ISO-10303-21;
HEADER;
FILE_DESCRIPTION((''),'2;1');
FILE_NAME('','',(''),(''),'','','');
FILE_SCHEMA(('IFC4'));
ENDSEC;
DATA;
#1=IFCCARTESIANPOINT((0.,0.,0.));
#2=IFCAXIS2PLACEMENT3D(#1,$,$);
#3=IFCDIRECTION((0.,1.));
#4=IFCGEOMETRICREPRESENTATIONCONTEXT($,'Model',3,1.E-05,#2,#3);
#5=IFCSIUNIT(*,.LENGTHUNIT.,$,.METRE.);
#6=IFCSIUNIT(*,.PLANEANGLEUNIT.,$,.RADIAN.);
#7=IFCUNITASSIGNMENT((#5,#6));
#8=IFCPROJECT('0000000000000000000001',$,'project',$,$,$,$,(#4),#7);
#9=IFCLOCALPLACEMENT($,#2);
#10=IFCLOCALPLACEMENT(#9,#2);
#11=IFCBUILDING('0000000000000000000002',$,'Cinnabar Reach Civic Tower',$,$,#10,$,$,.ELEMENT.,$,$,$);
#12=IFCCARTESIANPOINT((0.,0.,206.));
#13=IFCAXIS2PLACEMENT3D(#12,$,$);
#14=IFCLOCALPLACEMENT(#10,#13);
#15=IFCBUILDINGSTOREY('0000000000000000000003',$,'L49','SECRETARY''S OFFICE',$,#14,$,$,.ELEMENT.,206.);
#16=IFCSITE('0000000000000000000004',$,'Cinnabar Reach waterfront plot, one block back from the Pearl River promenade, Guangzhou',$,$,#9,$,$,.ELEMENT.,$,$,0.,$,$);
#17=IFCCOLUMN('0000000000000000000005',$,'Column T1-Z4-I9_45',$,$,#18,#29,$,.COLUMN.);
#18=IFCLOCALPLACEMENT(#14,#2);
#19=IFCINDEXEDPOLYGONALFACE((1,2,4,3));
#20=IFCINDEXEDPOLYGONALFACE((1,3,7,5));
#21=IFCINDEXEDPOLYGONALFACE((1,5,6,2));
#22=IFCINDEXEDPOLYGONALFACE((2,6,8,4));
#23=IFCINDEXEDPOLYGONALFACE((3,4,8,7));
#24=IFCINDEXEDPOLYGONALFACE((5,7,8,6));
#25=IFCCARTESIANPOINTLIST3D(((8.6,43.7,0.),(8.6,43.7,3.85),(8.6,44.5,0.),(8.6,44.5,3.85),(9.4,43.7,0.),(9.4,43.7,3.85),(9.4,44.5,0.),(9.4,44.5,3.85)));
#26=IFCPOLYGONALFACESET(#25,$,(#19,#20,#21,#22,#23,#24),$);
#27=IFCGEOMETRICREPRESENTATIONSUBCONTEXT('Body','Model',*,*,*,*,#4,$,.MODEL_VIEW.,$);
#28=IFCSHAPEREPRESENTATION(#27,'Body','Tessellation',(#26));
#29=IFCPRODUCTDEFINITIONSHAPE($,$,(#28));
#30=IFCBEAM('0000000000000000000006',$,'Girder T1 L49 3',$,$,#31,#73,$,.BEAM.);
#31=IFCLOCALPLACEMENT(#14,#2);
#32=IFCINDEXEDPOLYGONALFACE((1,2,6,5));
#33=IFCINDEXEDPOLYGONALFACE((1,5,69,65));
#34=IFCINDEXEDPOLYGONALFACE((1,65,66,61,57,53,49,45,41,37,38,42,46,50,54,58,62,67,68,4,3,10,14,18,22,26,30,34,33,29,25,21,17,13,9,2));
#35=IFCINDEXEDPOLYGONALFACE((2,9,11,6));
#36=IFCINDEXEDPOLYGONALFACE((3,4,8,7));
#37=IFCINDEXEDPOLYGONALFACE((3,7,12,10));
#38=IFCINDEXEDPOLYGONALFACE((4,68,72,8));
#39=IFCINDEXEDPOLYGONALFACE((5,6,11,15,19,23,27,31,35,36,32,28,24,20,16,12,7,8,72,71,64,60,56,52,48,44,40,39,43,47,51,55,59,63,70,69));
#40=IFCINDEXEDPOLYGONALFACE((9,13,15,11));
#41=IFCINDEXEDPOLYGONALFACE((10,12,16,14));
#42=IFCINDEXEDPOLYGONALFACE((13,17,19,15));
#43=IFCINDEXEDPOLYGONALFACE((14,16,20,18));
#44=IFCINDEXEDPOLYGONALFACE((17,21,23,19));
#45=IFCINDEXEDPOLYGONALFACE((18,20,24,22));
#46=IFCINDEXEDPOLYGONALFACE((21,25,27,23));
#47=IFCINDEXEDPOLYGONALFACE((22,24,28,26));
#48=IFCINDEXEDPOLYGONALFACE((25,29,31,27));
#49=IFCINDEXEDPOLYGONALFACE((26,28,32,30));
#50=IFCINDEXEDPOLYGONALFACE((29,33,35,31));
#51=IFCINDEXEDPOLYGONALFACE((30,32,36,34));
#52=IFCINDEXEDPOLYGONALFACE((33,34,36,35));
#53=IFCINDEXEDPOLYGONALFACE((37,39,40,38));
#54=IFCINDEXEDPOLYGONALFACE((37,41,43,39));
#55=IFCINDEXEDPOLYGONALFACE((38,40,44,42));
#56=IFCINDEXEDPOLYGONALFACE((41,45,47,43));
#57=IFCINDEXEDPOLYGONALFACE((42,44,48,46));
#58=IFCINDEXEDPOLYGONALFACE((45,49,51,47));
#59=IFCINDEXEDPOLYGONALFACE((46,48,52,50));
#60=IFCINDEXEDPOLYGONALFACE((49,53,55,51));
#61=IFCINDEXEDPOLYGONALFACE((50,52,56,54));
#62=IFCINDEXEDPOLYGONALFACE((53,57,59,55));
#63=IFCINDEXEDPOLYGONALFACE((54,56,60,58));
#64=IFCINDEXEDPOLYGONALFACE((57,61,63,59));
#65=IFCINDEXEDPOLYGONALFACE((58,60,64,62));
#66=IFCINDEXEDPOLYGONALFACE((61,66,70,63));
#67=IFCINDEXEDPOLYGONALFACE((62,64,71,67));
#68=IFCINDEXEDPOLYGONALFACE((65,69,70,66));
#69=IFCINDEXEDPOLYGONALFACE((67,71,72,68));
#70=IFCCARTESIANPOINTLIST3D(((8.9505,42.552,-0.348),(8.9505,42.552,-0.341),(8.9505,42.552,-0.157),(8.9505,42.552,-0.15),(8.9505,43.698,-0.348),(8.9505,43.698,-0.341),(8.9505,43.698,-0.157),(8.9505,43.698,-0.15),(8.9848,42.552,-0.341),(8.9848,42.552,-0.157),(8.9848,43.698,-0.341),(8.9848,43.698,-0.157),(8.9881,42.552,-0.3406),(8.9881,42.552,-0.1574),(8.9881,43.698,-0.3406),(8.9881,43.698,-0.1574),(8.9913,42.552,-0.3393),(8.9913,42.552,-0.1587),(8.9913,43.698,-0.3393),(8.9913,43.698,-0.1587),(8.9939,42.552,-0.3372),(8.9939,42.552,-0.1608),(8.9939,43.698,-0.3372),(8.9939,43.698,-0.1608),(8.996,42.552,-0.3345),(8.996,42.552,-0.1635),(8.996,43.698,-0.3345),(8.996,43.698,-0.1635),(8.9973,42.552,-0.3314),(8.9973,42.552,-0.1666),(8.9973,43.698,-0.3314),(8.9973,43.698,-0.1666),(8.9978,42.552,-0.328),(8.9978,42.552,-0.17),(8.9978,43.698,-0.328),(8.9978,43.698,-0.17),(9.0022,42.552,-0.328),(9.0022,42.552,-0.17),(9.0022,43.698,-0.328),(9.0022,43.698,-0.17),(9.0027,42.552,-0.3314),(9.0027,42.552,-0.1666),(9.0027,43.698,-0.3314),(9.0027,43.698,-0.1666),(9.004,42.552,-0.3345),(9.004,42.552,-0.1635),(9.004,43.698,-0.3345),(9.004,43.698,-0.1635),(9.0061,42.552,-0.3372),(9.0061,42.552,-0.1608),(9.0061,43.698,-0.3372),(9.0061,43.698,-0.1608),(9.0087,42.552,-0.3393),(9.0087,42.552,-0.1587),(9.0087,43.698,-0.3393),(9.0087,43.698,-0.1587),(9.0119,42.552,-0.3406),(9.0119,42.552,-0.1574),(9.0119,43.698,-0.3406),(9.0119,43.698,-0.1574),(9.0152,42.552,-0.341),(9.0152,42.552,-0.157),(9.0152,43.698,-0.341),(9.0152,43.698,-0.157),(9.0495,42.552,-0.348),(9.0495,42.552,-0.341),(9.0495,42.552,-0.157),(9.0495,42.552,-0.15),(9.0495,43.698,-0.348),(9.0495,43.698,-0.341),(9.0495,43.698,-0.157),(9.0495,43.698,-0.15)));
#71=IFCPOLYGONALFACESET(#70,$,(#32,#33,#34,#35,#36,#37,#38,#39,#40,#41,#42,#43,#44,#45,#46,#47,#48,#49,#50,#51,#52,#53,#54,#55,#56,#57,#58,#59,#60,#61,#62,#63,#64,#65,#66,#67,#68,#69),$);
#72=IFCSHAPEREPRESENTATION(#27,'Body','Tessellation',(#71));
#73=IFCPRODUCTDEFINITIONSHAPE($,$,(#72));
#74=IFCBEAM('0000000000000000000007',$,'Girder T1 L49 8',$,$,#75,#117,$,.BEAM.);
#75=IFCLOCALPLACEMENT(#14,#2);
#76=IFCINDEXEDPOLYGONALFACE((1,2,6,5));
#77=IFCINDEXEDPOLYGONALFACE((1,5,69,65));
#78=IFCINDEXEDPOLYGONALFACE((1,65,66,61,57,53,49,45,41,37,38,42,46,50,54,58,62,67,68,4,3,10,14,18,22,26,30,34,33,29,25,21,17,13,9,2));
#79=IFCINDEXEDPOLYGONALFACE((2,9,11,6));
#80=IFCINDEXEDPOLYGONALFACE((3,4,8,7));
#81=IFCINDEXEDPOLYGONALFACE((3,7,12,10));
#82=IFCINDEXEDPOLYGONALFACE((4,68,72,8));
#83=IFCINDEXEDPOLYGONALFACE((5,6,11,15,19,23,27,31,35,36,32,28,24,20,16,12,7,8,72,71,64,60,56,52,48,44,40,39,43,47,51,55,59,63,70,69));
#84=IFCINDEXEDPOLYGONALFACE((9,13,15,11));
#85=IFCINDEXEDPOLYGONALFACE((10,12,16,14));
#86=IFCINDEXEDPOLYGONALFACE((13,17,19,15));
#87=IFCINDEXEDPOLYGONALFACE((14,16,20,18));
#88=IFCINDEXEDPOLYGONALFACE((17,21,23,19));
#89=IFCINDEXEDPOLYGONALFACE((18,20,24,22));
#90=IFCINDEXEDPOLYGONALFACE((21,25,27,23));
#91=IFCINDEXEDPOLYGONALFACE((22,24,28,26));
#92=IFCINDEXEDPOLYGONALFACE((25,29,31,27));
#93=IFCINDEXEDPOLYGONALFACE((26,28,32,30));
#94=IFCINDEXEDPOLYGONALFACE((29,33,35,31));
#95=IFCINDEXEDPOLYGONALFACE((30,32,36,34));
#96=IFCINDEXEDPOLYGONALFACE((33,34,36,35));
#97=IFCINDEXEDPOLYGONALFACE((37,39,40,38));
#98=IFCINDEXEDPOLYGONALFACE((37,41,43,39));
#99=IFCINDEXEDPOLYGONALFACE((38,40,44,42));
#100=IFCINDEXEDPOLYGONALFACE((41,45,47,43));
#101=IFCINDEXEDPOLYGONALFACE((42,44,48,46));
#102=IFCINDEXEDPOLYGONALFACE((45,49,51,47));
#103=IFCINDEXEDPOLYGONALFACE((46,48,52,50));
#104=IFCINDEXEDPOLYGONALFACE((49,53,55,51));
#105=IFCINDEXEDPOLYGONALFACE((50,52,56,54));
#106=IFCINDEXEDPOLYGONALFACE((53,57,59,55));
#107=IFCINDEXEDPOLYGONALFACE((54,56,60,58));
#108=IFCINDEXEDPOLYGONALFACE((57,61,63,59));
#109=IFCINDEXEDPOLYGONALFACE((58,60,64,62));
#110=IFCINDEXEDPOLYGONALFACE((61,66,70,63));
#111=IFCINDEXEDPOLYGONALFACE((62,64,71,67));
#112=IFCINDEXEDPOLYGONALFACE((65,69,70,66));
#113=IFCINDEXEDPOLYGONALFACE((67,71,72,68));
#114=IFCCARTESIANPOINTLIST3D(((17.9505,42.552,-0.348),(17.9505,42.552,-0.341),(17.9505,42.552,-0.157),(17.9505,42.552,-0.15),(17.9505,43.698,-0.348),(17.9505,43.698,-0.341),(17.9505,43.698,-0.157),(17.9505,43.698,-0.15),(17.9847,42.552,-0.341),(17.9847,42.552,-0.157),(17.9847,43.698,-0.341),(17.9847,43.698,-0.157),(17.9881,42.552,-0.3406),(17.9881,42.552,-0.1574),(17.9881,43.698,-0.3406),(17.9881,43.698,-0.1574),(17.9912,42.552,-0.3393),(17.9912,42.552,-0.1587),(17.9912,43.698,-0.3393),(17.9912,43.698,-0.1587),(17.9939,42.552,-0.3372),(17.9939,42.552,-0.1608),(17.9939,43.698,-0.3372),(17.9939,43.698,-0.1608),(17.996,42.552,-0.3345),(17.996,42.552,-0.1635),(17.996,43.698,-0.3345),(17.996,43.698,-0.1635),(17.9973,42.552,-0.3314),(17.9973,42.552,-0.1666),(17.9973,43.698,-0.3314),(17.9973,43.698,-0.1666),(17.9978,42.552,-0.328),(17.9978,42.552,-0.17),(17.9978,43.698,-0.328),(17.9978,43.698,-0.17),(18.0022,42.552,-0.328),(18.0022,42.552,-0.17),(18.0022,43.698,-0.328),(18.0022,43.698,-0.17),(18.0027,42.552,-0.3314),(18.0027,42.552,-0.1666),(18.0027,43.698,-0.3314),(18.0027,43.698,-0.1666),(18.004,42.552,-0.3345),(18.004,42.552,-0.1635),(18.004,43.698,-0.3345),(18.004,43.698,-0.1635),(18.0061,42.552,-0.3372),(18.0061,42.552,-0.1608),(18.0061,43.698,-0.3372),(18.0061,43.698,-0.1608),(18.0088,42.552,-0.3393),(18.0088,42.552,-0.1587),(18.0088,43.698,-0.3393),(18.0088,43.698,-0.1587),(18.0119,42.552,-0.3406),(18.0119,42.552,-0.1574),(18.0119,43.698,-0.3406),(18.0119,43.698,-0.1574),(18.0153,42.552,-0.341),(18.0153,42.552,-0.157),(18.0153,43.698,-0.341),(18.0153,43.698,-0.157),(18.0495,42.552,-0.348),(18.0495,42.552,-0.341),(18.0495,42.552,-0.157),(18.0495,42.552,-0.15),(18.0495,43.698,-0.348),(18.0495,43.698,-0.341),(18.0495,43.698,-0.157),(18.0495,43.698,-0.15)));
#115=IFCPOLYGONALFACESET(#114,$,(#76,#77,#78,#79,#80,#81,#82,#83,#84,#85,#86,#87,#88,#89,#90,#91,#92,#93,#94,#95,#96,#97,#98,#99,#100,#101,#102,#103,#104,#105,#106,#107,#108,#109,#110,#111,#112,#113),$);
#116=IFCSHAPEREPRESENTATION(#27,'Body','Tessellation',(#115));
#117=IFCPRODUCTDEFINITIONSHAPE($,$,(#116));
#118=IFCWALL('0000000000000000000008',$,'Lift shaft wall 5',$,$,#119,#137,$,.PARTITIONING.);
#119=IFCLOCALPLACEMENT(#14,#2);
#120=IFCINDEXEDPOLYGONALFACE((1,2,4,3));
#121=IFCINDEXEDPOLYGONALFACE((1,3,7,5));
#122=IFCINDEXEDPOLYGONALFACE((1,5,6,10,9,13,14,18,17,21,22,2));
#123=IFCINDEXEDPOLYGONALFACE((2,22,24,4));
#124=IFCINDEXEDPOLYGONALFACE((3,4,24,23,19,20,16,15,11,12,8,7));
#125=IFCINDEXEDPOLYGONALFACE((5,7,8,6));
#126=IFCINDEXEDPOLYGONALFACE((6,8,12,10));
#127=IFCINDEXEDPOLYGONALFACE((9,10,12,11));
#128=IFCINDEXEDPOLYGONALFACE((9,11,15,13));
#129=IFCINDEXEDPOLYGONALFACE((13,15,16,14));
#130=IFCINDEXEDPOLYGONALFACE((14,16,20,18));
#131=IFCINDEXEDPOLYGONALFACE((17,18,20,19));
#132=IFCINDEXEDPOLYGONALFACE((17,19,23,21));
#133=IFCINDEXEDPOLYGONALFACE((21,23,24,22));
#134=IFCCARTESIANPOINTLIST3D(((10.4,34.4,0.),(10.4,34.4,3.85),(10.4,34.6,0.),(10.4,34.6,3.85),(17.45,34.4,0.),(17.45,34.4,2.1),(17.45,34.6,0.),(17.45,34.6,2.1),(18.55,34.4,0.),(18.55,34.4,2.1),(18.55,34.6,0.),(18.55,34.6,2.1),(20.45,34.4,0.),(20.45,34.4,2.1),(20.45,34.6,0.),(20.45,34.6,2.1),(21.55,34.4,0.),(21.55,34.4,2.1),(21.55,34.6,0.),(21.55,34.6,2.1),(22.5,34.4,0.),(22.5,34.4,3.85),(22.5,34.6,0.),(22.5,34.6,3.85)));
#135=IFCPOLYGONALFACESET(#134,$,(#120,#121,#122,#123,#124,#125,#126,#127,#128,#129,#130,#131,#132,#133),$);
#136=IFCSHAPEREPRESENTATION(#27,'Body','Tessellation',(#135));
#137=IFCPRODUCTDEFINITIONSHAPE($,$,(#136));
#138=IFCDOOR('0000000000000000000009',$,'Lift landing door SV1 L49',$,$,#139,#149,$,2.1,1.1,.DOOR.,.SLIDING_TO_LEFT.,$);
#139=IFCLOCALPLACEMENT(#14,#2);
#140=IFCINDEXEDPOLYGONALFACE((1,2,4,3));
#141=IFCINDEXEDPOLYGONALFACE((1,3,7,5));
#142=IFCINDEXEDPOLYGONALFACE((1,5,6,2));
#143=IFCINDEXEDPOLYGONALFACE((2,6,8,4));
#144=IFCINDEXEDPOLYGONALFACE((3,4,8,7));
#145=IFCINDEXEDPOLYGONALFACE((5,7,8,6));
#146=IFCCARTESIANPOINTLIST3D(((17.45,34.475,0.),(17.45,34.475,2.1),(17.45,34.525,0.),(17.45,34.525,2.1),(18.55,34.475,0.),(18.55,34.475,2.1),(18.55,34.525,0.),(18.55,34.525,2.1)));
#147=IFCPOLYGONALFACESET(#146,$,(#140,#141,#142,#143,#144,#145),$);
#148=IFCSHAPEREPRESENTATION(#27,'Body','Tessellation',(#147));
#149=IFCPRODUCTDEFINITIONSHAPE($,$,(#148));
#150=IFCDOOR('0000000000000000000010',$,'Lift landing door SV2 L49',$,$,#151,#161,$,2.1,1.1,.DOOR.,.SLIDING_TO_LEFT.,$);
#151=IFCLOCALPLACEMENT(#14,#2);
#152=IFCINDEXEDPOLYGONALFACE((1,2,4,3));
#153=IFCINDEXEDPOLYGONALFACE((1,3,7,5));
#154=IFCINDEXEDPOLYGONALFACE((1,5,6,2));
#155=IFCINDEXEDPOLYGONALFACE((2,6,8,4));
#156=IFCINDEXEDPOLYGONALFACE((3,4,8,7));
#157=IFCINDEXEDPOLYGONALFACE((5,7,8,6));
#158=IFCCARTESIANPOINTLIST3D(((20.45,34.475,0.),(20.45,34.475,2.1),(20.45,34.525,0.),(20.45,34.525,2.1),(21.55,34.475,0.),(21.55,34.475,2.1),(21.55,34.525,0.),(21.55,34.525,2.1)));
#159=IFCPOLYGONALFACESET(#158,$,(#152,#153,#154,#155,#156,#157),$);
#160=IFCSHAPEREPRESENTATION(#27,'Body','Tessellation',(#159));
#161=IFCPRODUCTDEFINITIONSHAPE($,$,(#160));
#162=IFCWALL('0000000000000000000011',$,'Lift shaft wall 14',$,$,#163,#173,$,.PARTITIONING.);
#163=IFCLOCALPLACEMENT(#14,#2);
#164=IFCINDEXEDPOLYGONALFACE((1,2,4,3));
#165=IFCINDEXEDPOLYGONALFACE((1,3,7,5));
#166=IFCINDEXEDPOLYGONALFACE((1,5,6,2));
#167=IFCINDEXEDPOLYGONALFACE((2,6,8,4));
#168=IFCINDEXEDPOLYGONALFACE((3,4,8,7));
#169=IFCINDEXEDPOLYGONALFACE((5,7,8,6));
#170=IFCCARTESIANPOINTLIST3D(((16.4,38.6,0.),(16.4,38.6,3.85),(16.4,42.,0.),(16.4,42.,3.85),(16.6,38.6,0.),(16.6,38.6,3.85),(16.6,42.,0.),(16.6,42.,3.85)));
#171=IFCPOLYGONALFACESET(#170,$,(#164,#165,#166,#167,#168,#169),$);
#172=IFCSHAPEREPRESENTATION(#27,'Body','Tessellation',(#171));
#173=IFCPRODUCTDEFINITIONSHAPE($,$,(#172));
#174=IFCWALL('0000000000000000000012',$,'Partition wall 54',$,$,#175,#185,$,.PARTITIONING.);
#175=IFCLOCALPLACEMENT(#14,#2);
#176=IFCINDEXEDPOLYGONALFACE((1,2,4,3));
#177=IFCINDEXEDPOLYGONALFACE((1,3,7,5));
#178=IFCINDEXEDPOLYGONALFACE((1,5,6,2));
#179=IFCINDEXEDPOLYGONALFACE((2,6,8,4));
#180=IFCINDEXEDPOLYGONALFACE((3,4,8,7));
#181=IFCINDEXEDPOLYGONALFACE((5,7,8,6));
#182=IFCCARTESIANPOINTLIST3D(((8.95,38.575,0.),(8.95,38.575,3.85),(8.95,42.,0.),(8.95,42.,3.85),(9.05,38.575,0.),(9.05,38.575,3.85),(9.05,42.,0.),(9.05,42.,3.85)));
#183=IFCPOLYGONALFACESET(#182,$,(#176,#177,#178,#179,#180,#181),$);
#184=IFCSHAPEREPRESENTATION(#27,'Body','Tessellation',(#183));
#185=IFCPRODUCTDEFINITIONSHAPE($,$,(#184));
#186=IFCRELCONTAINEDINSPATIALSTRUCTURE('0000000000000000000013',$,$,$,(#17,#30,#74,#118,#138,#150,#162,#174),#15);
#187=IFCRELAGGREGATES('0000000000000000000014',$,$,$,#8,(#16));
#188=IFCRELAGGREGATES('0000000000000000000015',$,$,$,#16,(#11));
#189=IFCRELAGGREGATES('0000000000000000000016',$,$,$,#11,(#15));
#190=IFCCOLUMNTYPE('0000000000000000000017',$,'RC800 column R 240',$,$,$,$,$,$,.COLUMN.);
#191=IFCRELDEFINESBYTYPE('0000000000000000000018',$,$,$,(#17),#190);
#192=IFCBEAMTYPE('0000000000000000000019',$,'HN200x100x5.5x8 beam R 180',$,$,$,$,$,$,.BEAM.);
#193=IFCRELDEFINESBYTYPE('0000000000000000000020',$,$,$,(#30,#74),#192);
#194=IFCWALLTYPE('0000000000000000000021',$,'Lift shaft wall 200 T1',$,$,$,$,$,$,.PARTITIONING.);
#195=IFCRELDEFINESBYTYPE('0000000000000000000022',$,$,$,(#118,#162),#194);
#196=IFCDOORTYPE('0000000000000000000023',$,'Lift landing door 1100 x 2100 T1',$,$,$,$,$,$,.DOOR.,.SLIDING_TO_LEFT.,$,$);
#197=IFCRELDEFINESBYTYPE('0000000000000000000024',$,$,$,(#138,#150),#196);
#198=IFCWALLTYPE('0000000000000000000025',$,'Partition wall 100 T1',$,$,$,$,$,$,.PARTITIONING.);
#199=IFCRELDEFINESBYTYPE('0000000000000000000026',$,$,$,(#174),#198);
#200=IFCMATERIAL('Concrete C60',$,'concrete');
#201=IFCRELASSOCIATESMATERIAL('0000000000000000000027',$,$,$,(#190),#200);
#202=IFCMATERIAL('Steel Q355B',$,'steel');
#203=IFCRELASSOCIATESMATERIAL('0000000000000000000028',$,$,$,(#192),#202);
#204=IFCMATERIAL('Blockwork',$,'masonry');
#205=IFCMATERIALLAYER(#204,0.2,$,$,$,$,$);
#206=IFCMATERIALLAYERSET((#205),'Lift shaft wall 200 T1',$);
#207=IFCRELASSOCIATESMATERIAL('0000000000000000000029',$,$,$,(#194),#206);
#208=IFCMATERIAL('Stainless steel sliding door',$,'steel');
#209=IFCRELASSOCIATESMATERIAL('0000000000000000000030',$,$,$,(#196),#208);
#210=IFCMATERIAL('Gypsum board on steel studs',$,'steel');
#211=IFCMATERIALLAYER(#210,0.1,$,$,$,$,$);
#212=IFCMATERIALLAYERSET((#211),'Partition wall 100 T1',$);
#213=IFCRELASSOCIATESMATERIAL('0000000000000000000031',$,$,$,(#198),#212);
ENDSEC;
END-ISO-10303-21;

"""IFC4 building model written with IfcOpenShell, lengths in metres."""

from ifc_helpers import new_model, si_unit, direction, frame, frame_2d, origin, origin_2d, place, context, subcontext, project, spatial, rectangle, i_section, extrude, material, layer, layer_set, material_profile, profile_set, type_object, element, fill, save


model = new_model("IFC4")

# Units and contexts
model_context = context("Model", 3, precision=1e-05, world=origin(), true_north=direction((0.0, 1.0)))
body_context = subcontext(model_context, "Body", "Model", "MODEL_VIEW")
ifc_project = project(units=[si_unit("LENGTHUNIT", "METRE"), si_unit("PLANEANGLEUNIT", "RADIAN")], contexts=[model_context])

# Site, building, storey
site_placement = place(None, origin())
site = spatial("IfcSite", under=ifc_project, at=site_placement, Name="Cinnabar Reach waterfront plot, one block back from the Pearl River promenade, Guangzhou", CompositionType="ELEMENT", RefElevation=0.0)
building_placement = place(site_placement, origin())
building = spatial("IfcBuilding", under=site, at=building_placement, Name="Cinnabar Reach Civic Tower", CompositionType="ELEMENT")
storey_placement = place(building_placement, frame((0.0, 0.0, 206.0)))
storey = spatial("IfcBuildingStorey", under=building, at=storey_placement, Name="L49", Description="SECRETARY'S OFFICE", CompositionType="ELEMENT", Elevation=206.0)

# Column
ifc_material_1 = material(Name="Concrete C60", Category="concrete")
ifc_material_profile_1 = material_profile(ifc_material_1, rectangle(XDim=0.8, YDim=0.8, at=origin_2d()), Name="RC800")
ifc_profile_set_1 = profile_set([ifc_material_profile_1], Name="Concrete C60")
column_type = type_object("IfcColumnType", Name="RC800 column R 240", PredefinedType="COLUMN", material=ifc_profile_set_1)
column_placement = place(storey_placement, frame((9.0, 44.1, 0.0), z_axis=(0.0, 0.0, 1.0), x_axis=(1.0, 0.0, 0.0)))
element("IfcColumn", 1, at=column_placement, inside=storey, type_object=column_type, Name="Column T1-Z4-I9_45", PredefinedType="COLUMN", context=body_context, shape_type="SweptSolid", body=[
    extrude(rectangle(XDim=0.8, YDim=0.8, at=origin_2d()), origin(), (0.0, 0.0, 1.0), 3.85),
])

# Beams
ifc_material_2 = material(Name="Steel Q355B", Category="steel")
ifc_material_profile_2 = material_profile(ifc_material_2, i_section(OverallWidth=0.099, OverallDepth=0.198, WebThickness=0.0045, FlangeThickness=0.007, FilletRadius=0.013, at=origin_2d()), Name="HN200x100x5.5x8")
ifc_profile_set_2 = profile_set([ifc_material_profile_2], Name="Steel Q355B")
beam_type = type_object("IfcBeamType", Name="HN200x100x5.5x8 beam R 180", PredefinedType="BEAM", material=ifc_profile_set_2)
for number, where, z_axis, x_axis, name in (
    (2, (9.0, 42.552, -0.249), (0.0, 1.0, 0.0), (-1.0, 0.0, 0.0), "Girder T1 L49 3"),
    (3, (18.0, 42.552, -0.249), (0.0, 1.0, 0.0), (-1.0, 0.0, 0.0), "Girder T1 L49 8"),
):
    element("IfcBeam", number, at=place(storey_placement, frame(where, z_axis=z_axis, x_axis=x_axis)), inside=storey, type_object=beam_type, Name=name, PredefinedType="BEAM", context=body_context, shape_type="SweptSolid", body=[
        extrude(i_section(OverallWidth=0.099, OverallDepth=0.198, WebThickness=0.0045, FlangeThickness=0.007, FilletRadius=0.013, at=origin_2d()), origin(), (0.0, 0.0, 1.0), 1.146),
    ])

# Wall, openings, doors
ifc_material_3 = material(Name="Blockwork", Category="masonry")
ifc_layer_1 = layer(ifc_material_3, 0.2)
ifc_layer_set_1 = layer_set([ifc_layer_1], Name="Lift shaft wall 200 T1")
wall_type_1 = type_object("IfcWallType", Name="Lift shaft wall 200 T1", PredefinedType="PARTITIONING", material=ifc_layer_set_1)
wall_1_placement = place(storey_placement, frame((10.4, 34.5, 0.0), z_axis=(0.0, 0.0, 1.0), x_axis=(1.0, 0.0, 0.0)))
wall_1 = element("IfcWall", 4, at=wall_1_placement, inside=storey, type_object=wall_type_1, Name="Lift shaft wall 5", PredefinedType="PARTITIONING", context=body_context, shape_type="SweptSolid", body=[
    extrude(rectangle(XDim=12.1, YDim=0.2, at=frame_2d((6.05, 0.0))), origin(), (0.0, 0.0, 1.0), 3.85),
])
opening_1_placement = place(wall_1_placement, frame((7.05, 0.0, 0.0)))
opening_1 = element("IfcOpeningElement", 5, at=opening_1_placement, cuts=wall_1, PredefinedType="OPENING", context=body_context, shape_type="SweptSolid", body=[
    extrude(rectangle(XDim=1.1, YDim=2.1, at=frame_2d((0.55, 1.05))), frame((0.0, 0.11, 0.0), z_axis=(0.0, -1.0, 0.0), x_axis=(1.0, 0.0, 0.0)), (0.0, 0.0, 1.0), 0.22),
])
opening_2_placement = place(wall_1_placement, frame((10.05, 0.0, 0.0)))
opening_2 = element("IfcOpeningElement", 6, at=opening_2_placement, cuts=wall_1, PredefinedType="OPENING", context=body_context, shape_type="SweptSolid", body=[
    extrude(rectangle(XDim=1.1, YDim=2.1, at=frame_2d((0.55, 1.05))), frame((0.0, 0.11, 0.0), z_axis=(0.0, -1.0, 0.0), x_axis=(1.0, 0.0, 0.0)), (0.0, 0.0, 1.0), 0.22),
])
ifc_material_4 = material(Name="Stainless steel sliding door", Category="steel")
door_type_1 = type_object("IfcDoorType", Name="Lift landing door 1100 x 2100 T1", OperationType="SLIDING_TO_LEFT", PredefinedType="DOOR", material=ifc_material_4)
door_1_placement = place(opening_1_placement, origin())
door_1 = element("IfcDoor", 7, at=door_1_placement, inside=storey, type_object=door_type_1, Name="Lift landing door SV1 L49", OperationType="SLIDING_TO_LEFT", OverallHeight=2.1, OverallWidth=1.1, PredefinedType="DOOR", context=body_context, shape_type="SweptSolid", body=[
    extrude(rectangle(XDim=1.1, YDim=2.1, at=frame_2d((0.55, 1.05))), frame((0.0, 0.025, 0.0), z_axis=(0.0, -1.0, 0.0), x_axis=(1.0, 0.0, 0.0)), (0.0, 0.0, 1.0), 0.05),
])
fill(opening_1, door_1)
door_2_placement = place(opening_2_placement, origin())
door_2 = element("IfcDoor", 8, at=door_2_placement, inside=storey, type_object=door_type_1, Name="Lift landing door SV2 L49", OperationType="SLIDING_TO_LEFT", OverallHeight=2.1, OverallWidth=1.1, PredefinedType="DOOR", context=body_context, shape_type="SweptSolid", body=[
    extrude(rectangle(XDim=1.1, YDim=2.1, at=frame_2d((0.55, 1.05))), frame((0.0, 0.025, 0.0), z_axis=(0.0, -1.0, 0.0), x_axis=(1.0, 0.0, 0.0)), (0.0, 0.0, 1.0), 0.05),
])
fill(opening_2, door_2)

# Walls
wall_2_placement = place(storey_placement, frame((16.5, 38.6, 0.0), z_axis=(0.0, 0.0, 1.0), x_axis=(0.0, 1.0, 0.0)))
element("IfcWall", 9, at=wall_2_placement, inside=storey, type_object=wall_type_1, Name="Lift shaft wall 14", PredefinedType="PARTITIONING", context=body_context, shape_type="SweptSolid", body=[
    extrude(rectangle(XDim=3.4, YDim=0.2, at=frame_2d((1.7, 0.0))), origin(), (0.0, 0.0, 1.0), 3.85),
])
ifc_material_5 = material(Name="Gypsum board on steel studs", Category="steel")
ifc_layer_2 = layer(ifc_material_5, 0.1)
ifc_layer_set_2 = layer_set([ifc_layer_2], Name="Partition wall 100 T1")
wall_type_2 = type_object("IfcWallType", Name="Partition wall 100 T1", PredefinedType="PARTITIONING", material=ifc_layer_set_2)
for number, where, z_axis, x_axis, name in (
    (10, (9.0, 38.575, 0.0), (0.0, 0.0, 1.0), (0.0, 1.0, 0.0), "Partition wall 54"),
):
    element("IfcWall", number, at=place(storey_placement, frame(where, z_axis=z_axis, x_axis=x_axis)), inside=storey, type_object=wall_type_2, Name=name, PredefinedType="PARTITIONING", context=body_context, shape_type="SweptSolid", body=[
        extrude(rectangle(XDim=3.425, YDim=0.1, at=frame_2d((1.7125, 0.0))), origin(), (0.0, 0.0, 1.0), 3.85),
    ])

save(model, "model.ifc")
